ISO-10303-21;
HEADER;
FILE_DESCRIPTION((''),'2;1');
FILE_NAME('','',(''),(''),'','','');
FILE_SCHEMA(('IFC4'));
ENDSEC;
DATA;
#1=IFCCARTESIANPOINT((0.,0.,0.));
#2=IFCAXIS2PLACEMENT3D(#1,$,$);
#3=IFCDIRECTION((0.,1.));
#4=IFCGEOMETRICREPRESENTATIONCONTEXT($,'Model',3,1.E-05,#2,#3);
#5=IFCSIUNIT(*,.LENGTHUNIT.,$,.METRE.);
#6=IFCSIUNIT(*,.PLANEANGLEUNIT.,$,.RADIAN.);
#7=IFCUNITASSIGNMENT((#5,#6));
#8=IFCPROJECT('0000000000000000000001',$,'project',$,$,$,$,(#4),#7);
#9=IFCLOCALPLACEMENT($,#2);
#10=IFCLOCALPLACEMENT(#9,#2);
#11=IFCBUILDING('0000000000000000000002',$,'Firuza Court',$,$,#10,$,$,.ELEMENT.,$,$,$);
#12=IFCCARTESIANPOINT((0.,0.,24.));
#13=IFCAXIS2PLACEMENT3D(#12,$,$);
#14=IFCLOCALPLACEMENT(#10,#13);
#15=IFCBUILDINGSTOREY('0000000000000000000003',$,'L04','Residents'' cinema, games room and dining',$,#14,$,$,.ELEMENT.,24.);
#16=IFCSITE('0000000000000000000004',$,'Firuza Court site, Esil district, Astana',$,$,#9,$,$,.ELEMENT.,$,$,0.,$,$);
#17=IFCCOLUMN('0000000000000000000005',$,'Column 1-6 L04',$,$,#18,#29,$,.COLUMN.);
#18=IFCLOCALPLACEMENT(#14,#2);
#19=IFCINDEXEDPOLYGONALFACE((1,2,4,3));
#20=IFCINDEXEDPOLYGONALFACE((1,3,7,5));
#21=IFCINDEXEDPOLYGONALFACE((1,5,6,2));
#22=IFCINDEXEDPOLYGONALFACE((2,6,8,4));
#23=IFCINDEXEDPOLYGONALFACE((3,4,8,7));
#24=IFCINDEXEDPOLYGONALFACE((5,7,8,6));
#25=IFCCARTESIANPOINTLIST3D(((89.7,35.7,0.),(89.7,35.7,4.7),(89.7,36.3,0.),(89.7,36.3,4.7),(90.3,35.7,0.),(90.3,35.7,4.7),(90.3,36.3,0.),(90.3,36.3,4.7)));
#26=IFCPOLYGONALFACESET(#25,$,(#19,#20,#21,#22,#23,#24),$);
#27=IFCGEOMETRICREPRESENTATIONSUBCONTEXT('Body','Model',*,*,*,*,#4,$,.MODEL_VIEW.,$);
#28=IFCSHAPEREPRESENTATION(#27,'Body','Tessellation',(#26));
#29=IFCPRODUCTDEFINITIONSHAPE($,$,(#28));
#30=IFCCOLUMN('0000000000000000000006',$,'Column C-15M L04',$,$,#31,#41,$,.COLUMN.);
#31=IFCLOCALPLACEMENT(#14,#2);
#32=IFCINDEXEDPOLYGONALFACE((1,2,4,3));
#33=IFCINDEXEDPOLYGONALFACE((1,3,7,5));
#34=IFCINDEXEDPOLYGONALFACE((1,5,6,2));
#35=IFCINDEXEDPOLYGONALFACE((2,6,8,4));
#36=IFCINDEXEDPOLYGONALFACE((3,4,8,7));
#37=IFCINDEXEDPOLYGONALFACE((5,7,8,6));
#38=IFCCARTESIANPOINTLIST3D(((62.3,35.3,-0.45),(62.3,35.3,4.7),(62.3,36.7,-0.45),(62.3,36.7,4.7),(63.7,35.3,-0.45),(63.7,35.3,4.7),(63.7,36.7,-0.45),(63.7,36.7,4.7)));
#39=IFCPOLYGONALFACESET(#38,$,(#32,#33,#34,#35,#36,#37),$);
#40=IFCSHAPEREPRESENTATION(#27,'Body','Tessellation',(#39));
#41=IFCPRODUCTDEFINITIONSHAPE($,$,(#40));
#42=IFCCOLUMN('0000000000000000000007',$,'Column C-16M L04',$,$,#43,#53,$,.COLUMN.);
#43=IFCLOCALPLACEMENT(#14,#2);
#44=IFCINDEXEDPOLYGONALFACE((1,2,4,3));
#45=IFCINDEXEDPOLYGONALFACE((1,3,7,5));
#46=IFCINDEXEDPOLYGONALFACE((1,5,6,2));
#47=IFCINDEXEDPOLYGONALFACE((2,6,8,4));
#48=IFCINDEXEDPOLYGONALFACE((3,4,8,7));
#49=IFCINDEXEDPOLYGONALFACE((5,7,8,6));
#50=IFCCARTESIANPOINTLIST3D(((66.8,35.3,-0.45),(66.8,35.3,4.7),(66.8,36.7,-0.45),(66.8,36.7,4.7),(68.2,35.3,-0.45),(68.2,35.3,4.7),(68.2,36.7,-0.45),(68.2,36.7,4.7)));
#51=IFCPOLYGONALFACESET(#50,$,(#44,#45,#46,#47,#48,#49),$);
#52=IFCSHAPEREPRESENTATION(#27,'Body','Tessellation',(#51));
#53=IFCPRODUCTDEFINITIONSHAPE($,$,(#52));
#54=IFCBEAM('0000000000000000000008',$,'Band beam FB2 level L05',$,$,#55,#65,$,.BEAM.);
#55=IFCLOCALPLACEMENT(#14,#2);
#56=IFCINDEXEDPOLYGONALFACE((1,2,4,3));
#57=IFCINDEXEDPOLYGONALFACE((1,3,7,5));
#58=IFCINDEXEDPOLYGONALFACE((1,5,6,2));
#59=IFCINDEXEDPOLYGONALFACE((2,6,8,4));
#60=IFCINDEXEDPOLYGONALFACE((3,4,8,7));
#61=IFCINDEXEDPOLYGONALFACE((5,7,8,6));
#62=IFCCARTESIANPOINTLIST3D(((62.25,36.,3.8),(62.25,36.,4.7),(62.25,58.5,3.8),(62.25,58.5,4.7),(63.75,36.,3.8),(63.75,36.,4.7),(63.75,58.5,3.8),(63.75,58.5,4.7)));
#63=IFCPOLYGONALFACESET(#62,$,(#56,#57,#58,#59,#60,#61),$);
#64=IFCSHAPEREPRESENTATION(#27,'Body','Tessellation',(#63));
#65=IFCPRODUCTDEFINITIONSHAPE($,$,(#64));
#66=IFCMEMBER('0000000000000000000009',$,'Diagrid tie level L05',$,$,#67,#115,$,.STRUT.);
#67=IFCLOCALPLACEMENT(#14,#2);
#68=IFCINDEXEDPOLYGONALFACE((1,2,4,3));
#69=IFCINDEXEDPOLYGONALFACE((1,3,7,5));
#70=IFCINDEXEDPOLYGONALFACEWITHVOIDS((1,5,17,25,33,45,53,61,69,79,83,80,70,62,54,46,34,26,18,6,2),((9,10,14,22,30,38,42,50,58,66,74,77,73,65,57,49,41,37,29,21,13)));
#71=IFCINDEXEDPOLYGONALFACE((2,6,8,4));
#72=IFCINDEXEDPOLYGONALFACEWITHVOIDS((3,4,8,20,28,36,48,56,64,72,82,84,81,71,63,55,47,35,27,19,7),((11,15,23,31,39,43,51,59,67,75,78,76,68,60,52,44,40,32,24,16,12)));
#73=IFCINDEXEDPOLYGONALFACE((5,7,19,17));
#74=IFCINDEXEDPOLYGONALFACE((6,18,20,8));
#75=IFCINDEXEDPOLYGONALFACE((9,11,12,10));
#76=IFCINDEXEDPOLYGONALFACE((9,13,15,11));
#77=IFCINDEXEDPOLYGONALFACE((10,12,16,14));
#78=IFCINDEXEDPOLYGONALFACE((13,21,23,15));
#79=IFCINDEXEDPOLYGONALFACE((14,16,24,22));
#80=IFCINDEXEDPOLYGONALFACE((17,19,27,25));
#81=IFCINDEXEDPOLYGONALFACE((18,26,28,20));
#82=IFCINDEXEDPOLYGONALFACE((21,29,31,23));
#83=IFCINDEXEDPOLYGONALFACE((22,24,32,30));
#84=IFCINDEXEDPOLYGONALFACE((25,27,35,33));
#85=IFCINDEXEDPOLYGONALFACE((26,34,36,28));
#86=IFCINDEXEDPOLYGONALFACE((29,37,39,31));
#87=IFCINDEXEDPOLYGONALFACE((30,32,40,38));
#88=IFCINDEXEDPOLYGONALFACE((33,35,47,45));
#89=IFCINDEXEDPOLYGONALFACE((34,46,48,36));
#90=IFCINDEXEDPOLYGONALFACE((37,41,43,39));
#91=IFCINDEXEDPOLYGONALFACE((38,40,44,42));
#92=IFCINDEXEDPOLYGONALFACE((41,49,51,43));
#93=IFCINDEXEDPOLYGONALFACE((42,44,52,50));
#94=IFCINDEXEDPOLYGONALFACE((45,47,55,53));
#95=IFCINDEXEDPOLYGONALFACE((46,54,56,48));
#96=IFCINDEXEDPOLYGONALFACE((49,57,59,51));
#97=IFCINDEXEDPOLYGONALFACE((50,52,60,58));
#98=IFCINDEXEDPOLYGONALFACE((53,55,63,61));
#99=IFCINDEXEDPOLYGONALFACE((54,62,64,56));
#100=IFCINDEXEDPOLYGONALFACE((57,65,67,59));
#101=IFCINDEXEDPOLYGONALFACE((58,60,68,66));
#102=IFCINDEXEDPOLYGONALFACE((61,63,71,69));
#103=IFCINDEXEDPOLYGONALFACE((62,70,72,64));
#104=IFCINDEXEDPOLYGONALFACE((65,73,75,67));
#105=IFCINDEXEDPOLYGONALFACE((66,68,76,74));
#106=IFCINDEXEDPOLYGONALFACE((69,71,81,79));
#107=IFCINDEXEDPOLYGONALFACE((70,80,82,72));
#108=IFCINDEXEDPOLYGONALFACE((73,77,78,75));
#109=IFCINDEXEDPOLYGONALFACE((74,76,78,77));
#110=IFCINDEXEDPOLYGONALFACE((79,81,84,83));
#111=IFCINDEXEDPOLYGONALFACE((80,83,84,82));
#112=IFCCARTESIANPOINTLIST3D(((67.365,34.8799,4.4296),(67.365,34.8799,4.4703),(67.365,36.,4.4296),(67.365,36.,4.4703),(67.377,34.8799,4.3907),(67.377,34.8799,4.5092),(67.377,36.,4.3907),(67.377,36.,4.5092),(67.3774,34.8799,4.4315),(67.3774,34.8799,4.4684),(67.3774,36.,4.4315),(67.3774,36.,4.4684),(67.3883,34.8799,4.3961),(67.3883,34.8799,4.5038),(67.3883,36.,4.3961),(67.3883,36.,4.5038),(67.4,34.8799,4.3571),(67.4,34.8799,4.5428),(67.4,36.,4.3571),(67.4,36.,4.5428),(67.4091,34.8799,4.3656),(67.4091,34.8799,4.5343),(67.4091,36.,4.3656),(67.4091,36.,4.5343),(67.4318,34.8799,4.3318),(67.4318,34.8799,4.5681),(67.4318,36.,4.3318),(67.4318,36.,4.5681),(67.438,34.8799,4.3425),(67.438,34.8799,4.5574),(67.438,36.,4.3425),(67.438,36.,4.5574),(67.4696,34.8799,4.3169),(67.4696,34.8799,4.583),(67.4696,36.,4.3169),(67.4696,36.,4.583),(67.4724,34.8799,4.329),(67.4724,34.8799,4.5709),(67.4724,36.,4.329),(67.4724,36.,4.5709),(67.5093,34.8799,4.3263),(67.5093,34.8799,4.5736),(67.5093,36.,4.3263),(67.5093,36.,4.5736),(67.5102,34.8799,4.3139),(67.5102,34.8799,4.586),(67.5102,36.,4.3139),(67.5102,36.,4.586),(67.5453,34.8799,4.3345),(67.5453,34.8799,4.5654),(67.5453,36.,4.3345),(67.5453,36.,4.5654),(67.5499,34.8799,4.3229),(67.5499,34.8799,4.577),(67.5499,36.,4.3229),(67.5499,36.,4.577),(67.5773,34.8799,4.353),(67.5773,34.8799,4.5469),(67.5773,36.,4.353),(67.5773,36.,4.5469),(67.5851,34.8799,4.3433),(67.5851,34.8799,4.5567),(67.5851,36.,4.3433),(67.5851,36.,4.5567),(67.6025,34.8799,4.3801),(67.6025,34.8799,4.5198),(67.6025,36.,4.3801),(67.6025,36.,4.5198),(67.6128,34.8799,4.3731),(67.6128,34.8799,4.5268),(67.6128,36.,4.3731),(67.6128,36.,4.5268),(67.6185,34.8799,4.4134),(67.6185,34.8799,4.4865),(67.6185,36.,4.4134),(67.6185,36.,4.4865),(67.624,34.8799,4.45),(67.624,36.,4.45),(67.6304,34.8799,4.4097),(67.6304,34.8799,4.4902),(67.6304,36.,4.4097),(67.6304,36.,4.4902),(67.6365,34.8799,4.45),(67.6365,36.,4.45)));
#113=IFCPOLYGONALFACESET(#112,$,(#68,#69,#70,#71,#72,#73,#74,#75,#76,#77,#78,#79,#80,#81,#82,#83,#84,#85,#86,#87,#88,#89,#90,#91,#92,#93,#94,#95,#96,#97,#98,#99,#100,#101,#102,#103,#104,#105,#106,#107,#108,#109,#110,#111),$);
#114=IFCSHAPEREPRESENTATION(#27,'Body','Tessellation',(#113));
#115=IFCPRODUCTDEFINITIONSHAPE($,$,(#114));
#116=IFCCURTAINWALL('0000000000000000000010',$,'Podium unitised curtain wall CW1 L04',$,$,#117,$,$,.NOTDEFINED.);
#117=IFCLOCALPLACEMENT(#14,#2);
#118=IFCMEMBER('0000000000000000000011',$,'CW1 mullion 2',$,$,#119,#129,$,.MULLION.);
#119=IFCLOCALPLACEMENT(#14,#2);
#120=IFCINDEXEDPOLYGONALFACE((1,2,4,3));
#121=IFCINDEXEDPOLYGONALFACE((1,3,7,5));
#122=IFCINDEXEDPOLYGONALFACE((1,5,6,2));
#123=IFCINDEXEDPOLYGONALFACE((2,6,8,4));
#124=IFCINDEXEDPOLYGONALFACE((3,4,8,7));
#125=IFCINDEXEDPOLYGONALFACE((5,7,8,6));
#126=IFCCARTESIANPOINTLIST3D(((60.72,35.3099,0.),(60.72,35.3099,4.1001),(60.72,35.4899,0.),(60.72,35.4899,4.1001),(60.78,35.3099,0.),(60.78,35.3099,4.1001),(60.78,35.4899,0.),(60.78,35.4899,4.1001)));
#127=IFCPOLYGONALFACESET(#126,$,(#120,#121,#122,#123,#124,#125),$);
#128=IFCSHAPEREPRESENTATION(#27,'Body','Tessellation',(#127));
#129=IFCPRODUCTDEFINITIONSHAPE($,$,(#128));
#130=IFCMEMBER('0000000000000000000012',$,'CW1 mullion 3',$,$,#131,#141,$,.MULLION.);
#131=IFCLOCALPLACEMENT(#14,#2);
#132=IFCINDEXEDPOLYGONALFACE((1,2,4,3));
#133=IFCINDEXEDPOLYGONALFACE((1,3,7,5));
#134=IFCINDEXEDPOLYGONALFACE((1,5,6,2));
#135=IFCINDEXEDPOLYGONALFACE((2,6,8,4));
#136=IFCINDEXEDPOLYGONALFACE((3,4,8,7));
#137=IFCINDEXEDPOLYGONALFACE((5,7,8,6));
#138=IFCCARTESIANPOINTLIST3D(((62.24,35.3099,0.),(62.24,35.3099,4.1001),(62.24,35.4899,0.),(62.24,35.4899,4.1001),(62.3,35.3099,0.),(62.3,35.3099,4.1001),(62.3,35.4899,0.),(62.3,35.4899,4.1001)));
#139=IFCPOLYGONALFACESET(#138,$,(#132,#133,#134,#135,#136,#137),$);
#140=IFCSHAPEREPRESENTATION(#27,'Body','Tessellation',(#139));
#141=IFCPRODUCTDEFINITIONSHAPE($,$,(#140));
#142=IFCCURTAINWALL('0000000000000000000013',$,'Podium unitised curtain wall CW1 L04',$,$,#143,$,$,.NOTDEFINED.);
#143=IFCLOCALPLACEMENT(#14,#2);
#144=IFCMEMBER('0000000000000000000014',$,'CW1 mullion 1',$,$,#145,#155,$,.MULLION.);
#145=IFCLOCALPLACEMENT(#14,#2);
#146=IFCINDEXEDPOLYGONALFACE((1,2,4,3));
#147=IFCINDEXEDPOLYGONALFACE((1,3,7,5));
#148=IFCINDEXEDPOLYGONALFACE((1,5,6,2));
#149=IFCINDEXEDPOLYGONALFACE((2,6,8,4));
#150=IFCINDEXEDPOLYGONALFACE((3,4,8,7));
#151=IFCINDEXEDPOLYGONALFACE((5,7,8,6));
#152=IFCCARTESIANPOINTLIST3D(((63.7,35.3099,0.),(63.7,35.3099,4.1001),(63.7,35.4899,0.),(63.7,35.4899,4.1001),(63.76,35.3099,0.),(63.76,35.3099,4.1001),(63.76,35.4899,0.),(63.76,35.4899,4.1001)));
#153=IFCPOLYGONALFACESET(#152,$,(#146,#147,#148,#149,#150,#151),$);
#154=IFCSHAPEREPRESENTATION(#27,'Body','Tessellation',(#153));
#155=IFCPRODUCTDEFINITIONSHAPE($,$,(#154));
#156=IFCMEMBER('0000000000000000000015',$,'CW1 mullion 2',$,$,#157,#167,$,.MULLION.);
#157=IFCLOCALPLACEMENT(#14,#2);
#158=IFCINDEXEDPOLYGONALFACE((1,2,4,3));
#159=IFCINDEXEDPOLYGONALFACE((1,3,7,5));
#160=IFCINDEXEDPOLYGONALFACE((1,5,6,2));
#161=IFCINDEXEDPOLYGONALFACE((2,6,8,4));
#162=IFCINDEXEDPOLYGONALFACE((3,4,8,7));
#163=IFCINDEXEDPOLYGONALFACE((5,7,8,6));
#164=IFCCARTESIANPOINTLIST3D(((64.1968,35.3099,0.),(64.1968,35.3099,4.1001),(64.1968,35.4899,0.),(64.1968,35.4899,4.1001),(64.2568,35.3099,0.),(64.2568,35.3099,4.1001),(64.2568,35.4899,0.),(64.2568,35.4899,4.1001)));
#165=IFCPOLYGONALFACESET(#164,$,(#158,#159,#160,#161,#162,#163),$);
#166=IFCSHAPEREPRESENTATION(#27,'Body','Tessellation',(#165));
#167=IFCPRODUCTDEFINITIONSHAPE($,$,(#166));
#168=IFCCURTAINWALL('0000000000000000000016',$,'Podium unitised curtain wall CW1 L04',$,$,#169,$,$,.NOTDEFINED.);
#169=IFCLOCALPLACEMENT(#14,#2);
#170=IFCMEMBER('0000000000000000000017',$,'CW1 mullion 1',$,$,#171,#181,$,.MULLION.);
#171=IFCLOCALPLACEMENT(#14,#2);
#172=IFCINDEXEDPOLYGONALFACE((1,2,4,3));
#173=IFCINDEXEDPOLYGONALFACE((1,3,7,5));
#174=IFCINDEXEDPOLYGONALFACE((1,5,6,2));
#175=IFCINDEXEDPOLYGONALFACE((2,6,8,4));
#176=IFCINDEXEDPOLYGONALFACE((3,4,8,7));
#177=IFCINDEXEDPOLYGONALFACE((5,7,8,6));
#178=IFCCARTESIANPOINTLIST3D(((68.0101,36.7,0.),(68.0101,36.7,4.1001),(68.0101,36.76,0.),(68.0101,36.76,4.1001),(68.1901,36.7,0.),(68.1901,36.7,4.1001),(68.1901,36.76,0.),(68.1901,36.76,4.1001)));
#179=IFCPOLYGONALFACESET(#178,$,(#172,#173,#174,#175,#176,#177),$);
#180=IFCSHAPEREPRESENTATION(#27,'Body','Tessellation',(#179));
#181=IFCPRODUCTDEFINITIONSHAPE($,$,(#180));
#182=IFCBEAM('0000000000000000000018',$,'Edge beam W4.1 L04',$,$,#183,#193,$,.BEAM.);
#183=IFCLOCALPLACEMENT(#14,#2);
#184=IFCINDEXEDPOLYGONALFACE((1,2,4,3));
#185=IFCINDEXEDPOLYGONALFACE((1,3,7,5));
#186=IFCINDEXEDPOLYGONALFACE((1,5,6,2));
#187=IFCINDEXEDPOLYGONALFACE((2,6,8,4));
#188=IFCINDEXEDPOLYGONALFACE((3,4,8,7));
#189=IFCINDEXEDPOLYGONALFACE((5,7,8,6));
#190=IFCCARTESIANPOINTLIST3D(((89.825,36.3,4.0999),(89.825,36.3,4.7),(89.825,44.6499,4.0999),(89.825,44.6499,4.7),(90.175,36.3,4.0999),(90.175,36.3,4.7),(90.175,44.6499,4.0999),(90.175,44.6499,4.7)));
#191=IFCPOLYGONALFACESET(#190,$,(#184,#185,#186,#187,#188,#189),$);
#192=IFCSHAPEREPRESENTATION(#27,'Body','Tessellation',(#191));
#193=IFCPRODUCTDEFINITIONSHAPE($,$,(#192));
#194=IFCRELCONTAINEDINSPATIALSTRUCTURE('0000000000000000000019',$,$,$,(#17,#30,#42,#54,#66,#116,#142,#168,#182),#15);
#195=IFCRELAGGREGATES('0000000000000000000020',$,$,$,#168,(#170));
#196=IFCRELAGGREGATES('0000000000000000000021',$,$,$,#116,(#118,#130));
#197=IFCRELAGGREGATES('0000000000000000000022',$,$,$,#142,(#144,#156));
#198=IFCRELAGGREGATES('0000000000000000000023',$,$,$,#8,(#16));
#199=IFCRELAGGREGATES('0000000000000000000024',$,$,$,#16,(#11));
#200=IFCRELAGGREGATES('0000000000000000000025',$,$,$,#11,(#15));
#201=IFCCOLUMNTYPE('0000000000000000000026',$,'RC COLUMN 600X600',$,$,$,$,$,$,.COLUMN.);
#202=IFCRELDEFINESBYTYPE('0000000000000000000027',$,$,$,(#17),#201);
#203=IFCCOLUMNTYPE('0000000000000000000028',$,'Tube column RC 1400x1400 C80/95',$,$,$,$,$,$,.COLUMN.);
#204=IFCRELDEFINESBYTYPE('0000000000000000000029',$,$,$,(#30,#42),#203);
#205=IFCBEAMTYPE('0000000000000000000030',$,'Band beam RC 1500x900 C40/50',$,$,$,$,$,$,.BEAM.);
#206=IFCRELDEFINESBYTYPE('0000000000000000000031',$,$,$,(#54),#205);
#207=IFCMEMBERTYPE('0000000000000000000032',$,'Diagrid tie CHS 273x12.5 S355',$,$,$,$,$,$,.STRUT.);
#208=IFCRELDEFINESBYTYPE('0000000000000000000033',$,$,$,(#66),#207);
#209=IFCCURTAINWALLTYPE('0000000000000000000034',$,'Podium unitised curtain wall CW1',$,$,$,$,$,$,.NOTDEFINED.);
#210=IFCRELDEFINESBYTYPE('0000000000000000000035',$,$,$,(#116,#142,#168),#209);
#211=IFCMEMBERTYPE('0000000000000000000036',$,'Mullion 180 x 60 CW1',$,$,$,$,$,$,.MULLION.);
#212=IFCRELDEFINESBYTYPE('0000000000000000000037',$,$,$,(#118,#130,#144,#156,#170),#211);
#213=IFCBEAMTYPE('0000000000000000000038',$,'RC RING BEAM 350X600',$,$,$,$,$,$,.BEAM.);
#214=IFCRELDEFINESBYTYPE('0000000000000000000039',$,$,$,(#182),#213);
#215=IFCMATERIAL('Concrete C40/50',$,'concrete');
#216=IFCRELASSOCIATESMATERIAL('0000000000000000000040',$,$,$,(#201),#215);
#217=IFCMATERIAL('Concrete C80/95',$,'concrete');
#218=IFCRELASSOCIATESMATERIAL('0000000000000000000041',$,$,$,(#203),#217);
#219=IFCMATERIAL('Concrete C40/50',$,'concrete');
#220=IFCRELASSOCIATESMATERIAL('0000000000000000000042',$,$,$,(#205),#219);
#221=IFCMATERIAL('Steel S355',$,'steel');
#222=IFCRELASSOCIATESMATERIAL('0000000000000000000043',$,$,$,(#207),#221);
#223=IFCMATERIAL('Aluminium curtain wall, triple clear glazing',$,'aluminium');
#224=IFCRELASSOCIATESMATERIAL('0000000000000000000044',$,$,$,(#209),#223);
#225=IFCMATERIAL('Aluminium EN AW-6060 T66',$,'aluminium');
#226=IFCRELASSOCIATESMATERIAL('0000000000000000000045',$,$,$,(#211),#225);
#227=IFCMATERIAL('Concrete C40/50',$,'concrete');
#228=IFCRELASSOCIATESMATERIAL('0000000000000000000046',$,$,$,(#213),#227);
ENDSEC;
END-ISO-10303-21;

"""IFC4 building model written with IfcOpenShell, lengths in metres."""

from ifc_helpers import new_model, si_unit, direction, frame, origin, origin_2d, place, context, subcontext, project, spatial, rectangle, hollow_circle, extrude, material, material_profile, profile_set, type_object, element, aggregate, save


model = new_model("IFC4")

# Units and contexts
model_context = context("Model", 3, precision=1e-05, world=origin(), true_north=direction((0.0, 1.0)))
body_context = subcontext(model_context, "Body", "Model", "MODEL_VIEW")
ifc_project = project(units=[si_unit("LENGTHUNIT", "METRE"), si_unit("PLANEANGLEUNIT", "RADIAN")], contexts=[model_context])

# Site, building, storey
site_placement = place(None, origin())
site = spatial("IfcSite", under=ifc_project, at=site_placement, Name="Firuza Court site, Esil district, Astana", CompositionType="ELEMENT", RefElevation=0.0)
building_placement = place(site_placement, origin())
building = spatial("IfcBuilding", under=site, at=building_placement, Name="Firuza Court", CompositionType="ELEMENT")
storey_placement = place(building_placement, frame((0.0, 0.0, 24.0)))
storey = spatial("IfcBuildingStorey", under=building, at=storey_placement, Name="L04", Description="Residents' cinema, games room and dining", CompositionType="ELEMENT", Elevation=24.0)

# Columns
ifc_material_1 = material(Name="Concrete C40/50", Category="concrete")
ifc_material_profile_1 = material_profile(ifc_material_1, rectangle(XDim=0.6001, YDim=0.6001, at=origin_2d()), Name="RC 600X600")
ifc_profile_set_1 = profile_set([ifc_material_profile_1], Name="Concrete C40/50")
column_type_1 = type_object("IfcColumnType", Name="RC COLUMN 600X600", PredefinedType="COLUMN", material=ifc_profile_set_1)
column_placement = place(storey_placement, frame((90.0, 36.0, 0.0), z_axis=(0.0, 0.0, 1.0), x_axis=(1.0, 0.0, 0.0)))
element("IfcColumn", 1, at=column_placement, inside=storey, type_object=column_type_1, Name="Column 1-6 L04", PredefinedType="COLUMN", context=body_context, shape_type="SweptSolid", body=[
    extrude(rectangle(XDim=0.6001, YDim=0.6001, at=origin_2d()), origin(), (0.0, 0.0, 1.0), 4.7),
])
ifc_material_2 = material(Name="Concrete C80/95", Category="concrete")
ifc_material_profile_2 = material_profile(ifc_material_2, rectangle(XDim=1.3999, YDim=1.3999, at=origin_2d()), Name="RC 1400x1400")
ifc_profile_set_2 = profile_set([ifc_material_profile_2], Name="Concrete C80/95")
column_type_2 = type_object("IfcColumnType", Name="Tube column RC 1400x1400 C80/95", PredefinedType="COLUMN", material=ifc_profile_set_2)
for number, where, z_axis, x_axis, name in (
    (2, (63.0, 36.0, -0.45), (0.0, 0.0, 1.0), (1.0, 0.0, 0.0), "Column C-15M L04"),
    (3, (67.5, 36.0, -0.45), (0.0, 0.0, 1.0), (1.0, 0.0, 0.0), "Column C-16M L04"),
):
    element("IfcColumn", number, at=place(storey_placement, frame(where, z_axis=z_axis, x_axis=x_axis)), inside=storey, type_object=column_type_2, Name=name, PredefinedType="COLUMN", context=body_context, shape_type="SweptSolid", body=[
        extrude(rectangle(XDim=1.3999, YDim=1.3999, at=origin_2d()), origin(), (0.0, 0.0, 1.0), 5.1499),
    ])

# Beam
ifc_material_3 = material(Name="Concrete C40/50", Category="concrete")
ifc_material_profile_3 = material_profile(ifc_material_3, rectangle(XDim=1.5, YDim=0.8999, at=origin_2d()), Name="RC 1500x900")
ifc_profile_set_3 = profile_set([ifc_material_profile_3], Name="Concrete C40/50")
beam_type_1 = type_object("IfcBeamType", Name="Band beam RC 1500x900 C40/50", PredefinedType="BEAM", material=ifc_profile_set_3)
beam_1_placement = place(storey_placement, frame((63.0, 36.0, 4.25), z_axis=(0.0, 1.0, 0.0), x_axis=(-1.0, 0.0, 0.0)))
element("IfcBeam", 4, at=beam_1_placement, inside=storey, type_object=beam_type_1, Name="Band beam FB2 level L05", PredefinedType="BEAM", context=body_context, shape_type="SweptSolid", body=[
    extrude(rectangle(XDim=1.5, YDim=0.8999, at=origin_2d()), origin(), (0.0, 0.0, 1.0), 22.5),
])

# Member
ifc_material_4 = material(Name="Steel S355", Category="steel")
ifc_material_profile_4 = material_profile(ifc_material_4, hollow_circle(Radius=0.1365, WallThickness=0.0125, at=origin_2d()), Name="CHS 273x12.5")
ifc_profile_set_4 = profile_set([ifc_material_profile_4], Name="Steel S355")
member_type_1 = type_object("IfcMemberType", Name="Diagrid tie CHS 273x12.5 S355", PredefinedType="STRUT", material=ifc_profile_set_4)
member_1_placement = place(storey_placement, frame((67.5, 36.0, 4.45), z_axis=(0.0, -1.0, 0.0), x_axis=(1.0, 0.0, 0.0)))
element("IfcMember", 5, at=member_1_placement, inside=storey, type_object=member_type_1, Name="Diagrid tie level L05", PredefinedType="STRUT", context=body_context, shape_type="SweptSolid", body=[
    extrude(hollow_circle(Radius=0.1365, WallThickness=0.0125, at=origin_2d()), origin(), (0.0, 0.0, 1.0), 1.1201),
])

# Curtain walls, members
ifc_material_5 = material(Name="Aluminium curtain wall, triple clear glazing", Category="aluminium")
curtain_wall_type = type_object("IfcCurtainWallType", Name="Podium unitised curtain wall CW1", PredefinedType="NOTDEFINED", material=ifc_material_5)
curtain_wall_1_placement = place(storey_placement, origin())
curtain_wall_1 = element("IfcCurtainWall", 6, at=curtain_wall_1_placement, inside=storey, type_object=curtain_wall_type, Name="Podium unitised curtain wall CW1 L04", PredefinedType="NOTDEFINED")
ifc_material_6 = material(Name="Aluminium EN AW-6060 T66", Category="aluminium")
ifc_material_profile_5 = material_profile(ifc_material_6, rectangle(XDim=0.1799, YDim=0.0601, at=origin_2d()), Name="Mullion 180 x 60 CW1")
ifc_profile_set_5 = profile_set([ifc_material_profile_5], Name="Aluminium EN AW-6060 T66")
member_type_2 = type_object("IfcMemberType", Name="Mullion 180 x 60 CW1", PredefinedType="MULLION", material=ifc_profile_set_5)
member_2_placement = place(storey_placement, frame((60.75, 35.3999, 0.0), z_axis=(0.0, 0.0, 1.0), x_axis=(0.0, 1.0, 0.0)))
member_2 = element("IfcMember", 7, at=member_2_placement, type_object=member_type_2, Name="CW1 mullion 2", PredefinedType="MULLION", context=body_context, shape_type="SweptSolid", body=[
    extrude(rectangle(XDim=0.1799, YDim=0.0601, at=origin_2d()), origin(), (0.0, 0.0, 1.0), 4.1001),
])
member_3_placement = place(storey_placement, frame((62.27, 35.3999, 0.0), z_axis=(0.0, 0.0, 1.0), x_axis=(0.0, 1.0, 0.0)))
member_3 = element("IfcMember", 8, at=member_3_placement, type_object=member_type_2, Name="CW1 mullion 3", PredefinedType="MULLION", context=body_context, shape_type="SweptSolid", body=[
    extrude(rectangle(XDim=0.1799, YDim=0.0601, at=origin_2d()), origin(), (0.0, 0.0, 1.0), 4.1001),
])
curtain_wall_2_placement = place(storey_placement, origin())
curtain_wall_2 = element("IfcCurtainWall", 9, at=curtain_wall_2_placement, inside=storey, type_object=curtain_wall_type, Name="Podium unitised curtain wall CW1 L04", PredefinedType="NOTDEFINED")
member_4_placement = place(storey_placement, frame((63.73, 35.3999, 0.0), z_axis=(0.0, 0.0, 1.0), x_axis=(0.0, 1.0, 0.0)))
member_4 = element("IfcMember", 10, at=member_4_placement, type_object=member_type_2, Name="CW1 mullion 1", PredefinedType="MULLION", context=body_context, shape_type="SweptSolid", body=[
    extrude(rectangle(XDim=0.1799, YDim=0.0601, at=origin_2d()), origin(), (0.0, 0.0, 1.0), 4.1001),
])
member_5_placement = place(storey_placement, frame((64.2268, 35.3999, 0.0), z_axis=(0.0, 0.0, 1.0), x_axis=(0.0, 1.0, 0.0)))
member_5 = element("IfcMember", 11, at=member_5_placement, type_object=member_type_2, Name="CW1 mullion 2", PredefinedType="MULLION", context=body_context, shape_type="SweptSolid", body=[
    extrude(rectangle(XDim=0.1799, YDim=0.0601, at=origin_2d()), origin(), (0.0, 0.0, 1.0), 4.1001),
])

# Curtain wall, member
curtain_wall_3_placement = place(storey_placement, origin())
curtain_wall_3 = element("IfcCurtainWall", 12, at=curtain_wall_3_placement, inside=storey, type_object=curtain_wall_type, Name="Podium unitised curtain wall CW1 L04", PredefinedType="NOTDEFINED")
member_6_placement = place(storey_placement, frame((68.1001, 36.73, 0.0), z_axis=(0.0, 0.0, 1.0), x_axis=(-1.0, 0.0, 0.0)))
member_6 = element("IfcMember", 13, at=member_6_placement, type_object=member_type_2, Name="CW1 mullion 1", PredefinedType="MULLION", context=body_context, shape_type="SweptSolid", body=[
    extrude(rectangle(XDim=0.1799, YDim=0.0601, at=origin_2d()), origin(), (0.0, 0.0, 1.0), 4.1001),
])
aggregate(curtain_wall_3, [member_6])

# Beam
ifc_material_7 = material(Name="Concrete C40/50", Category="concrete")
ifc_material_profile_6 = material_profile(ifc_material_7, rectangle(XDim=0.3501, YDim=0.6001, at=origin_2d()), Name="RC 350X600")
ifc_profile_set_6 = profile_set([ifc_material_profile_6], Name="Concrete C40/50")
beam_type_2 = type_object("IfcBeamType", Name="RC RING BEAM 350X600", PredefinedType="BEAM", material=ifc_profile_set_6)
beam_2_placement = place(storey_placement, frame((90.0, 36.3, 4.3999), z_axis=(0.0, 1.0, 0.0), x_axis=(-1.0, 0.0, 0.0)))
element("IfcBeam", 14, at=beam_2_placement, inside=storey, type_object=beam_type_2, Name="Edge beam W4.1 L04", PredefinedType="BEAM", context=body_context, shape_type="SweptSolid", body=[
    extrude(rectangle(XDim=0.3501, YDim=0.6001, at=origin_2d()), origin(), (0.0, 0.0, 1.0), 8.3499),
])

aggregate(curtain_wall_1, [member_2, member_3])
aggregate(curtain_wall_2, [member_4, member_5])

save(model, "model.ifc")
